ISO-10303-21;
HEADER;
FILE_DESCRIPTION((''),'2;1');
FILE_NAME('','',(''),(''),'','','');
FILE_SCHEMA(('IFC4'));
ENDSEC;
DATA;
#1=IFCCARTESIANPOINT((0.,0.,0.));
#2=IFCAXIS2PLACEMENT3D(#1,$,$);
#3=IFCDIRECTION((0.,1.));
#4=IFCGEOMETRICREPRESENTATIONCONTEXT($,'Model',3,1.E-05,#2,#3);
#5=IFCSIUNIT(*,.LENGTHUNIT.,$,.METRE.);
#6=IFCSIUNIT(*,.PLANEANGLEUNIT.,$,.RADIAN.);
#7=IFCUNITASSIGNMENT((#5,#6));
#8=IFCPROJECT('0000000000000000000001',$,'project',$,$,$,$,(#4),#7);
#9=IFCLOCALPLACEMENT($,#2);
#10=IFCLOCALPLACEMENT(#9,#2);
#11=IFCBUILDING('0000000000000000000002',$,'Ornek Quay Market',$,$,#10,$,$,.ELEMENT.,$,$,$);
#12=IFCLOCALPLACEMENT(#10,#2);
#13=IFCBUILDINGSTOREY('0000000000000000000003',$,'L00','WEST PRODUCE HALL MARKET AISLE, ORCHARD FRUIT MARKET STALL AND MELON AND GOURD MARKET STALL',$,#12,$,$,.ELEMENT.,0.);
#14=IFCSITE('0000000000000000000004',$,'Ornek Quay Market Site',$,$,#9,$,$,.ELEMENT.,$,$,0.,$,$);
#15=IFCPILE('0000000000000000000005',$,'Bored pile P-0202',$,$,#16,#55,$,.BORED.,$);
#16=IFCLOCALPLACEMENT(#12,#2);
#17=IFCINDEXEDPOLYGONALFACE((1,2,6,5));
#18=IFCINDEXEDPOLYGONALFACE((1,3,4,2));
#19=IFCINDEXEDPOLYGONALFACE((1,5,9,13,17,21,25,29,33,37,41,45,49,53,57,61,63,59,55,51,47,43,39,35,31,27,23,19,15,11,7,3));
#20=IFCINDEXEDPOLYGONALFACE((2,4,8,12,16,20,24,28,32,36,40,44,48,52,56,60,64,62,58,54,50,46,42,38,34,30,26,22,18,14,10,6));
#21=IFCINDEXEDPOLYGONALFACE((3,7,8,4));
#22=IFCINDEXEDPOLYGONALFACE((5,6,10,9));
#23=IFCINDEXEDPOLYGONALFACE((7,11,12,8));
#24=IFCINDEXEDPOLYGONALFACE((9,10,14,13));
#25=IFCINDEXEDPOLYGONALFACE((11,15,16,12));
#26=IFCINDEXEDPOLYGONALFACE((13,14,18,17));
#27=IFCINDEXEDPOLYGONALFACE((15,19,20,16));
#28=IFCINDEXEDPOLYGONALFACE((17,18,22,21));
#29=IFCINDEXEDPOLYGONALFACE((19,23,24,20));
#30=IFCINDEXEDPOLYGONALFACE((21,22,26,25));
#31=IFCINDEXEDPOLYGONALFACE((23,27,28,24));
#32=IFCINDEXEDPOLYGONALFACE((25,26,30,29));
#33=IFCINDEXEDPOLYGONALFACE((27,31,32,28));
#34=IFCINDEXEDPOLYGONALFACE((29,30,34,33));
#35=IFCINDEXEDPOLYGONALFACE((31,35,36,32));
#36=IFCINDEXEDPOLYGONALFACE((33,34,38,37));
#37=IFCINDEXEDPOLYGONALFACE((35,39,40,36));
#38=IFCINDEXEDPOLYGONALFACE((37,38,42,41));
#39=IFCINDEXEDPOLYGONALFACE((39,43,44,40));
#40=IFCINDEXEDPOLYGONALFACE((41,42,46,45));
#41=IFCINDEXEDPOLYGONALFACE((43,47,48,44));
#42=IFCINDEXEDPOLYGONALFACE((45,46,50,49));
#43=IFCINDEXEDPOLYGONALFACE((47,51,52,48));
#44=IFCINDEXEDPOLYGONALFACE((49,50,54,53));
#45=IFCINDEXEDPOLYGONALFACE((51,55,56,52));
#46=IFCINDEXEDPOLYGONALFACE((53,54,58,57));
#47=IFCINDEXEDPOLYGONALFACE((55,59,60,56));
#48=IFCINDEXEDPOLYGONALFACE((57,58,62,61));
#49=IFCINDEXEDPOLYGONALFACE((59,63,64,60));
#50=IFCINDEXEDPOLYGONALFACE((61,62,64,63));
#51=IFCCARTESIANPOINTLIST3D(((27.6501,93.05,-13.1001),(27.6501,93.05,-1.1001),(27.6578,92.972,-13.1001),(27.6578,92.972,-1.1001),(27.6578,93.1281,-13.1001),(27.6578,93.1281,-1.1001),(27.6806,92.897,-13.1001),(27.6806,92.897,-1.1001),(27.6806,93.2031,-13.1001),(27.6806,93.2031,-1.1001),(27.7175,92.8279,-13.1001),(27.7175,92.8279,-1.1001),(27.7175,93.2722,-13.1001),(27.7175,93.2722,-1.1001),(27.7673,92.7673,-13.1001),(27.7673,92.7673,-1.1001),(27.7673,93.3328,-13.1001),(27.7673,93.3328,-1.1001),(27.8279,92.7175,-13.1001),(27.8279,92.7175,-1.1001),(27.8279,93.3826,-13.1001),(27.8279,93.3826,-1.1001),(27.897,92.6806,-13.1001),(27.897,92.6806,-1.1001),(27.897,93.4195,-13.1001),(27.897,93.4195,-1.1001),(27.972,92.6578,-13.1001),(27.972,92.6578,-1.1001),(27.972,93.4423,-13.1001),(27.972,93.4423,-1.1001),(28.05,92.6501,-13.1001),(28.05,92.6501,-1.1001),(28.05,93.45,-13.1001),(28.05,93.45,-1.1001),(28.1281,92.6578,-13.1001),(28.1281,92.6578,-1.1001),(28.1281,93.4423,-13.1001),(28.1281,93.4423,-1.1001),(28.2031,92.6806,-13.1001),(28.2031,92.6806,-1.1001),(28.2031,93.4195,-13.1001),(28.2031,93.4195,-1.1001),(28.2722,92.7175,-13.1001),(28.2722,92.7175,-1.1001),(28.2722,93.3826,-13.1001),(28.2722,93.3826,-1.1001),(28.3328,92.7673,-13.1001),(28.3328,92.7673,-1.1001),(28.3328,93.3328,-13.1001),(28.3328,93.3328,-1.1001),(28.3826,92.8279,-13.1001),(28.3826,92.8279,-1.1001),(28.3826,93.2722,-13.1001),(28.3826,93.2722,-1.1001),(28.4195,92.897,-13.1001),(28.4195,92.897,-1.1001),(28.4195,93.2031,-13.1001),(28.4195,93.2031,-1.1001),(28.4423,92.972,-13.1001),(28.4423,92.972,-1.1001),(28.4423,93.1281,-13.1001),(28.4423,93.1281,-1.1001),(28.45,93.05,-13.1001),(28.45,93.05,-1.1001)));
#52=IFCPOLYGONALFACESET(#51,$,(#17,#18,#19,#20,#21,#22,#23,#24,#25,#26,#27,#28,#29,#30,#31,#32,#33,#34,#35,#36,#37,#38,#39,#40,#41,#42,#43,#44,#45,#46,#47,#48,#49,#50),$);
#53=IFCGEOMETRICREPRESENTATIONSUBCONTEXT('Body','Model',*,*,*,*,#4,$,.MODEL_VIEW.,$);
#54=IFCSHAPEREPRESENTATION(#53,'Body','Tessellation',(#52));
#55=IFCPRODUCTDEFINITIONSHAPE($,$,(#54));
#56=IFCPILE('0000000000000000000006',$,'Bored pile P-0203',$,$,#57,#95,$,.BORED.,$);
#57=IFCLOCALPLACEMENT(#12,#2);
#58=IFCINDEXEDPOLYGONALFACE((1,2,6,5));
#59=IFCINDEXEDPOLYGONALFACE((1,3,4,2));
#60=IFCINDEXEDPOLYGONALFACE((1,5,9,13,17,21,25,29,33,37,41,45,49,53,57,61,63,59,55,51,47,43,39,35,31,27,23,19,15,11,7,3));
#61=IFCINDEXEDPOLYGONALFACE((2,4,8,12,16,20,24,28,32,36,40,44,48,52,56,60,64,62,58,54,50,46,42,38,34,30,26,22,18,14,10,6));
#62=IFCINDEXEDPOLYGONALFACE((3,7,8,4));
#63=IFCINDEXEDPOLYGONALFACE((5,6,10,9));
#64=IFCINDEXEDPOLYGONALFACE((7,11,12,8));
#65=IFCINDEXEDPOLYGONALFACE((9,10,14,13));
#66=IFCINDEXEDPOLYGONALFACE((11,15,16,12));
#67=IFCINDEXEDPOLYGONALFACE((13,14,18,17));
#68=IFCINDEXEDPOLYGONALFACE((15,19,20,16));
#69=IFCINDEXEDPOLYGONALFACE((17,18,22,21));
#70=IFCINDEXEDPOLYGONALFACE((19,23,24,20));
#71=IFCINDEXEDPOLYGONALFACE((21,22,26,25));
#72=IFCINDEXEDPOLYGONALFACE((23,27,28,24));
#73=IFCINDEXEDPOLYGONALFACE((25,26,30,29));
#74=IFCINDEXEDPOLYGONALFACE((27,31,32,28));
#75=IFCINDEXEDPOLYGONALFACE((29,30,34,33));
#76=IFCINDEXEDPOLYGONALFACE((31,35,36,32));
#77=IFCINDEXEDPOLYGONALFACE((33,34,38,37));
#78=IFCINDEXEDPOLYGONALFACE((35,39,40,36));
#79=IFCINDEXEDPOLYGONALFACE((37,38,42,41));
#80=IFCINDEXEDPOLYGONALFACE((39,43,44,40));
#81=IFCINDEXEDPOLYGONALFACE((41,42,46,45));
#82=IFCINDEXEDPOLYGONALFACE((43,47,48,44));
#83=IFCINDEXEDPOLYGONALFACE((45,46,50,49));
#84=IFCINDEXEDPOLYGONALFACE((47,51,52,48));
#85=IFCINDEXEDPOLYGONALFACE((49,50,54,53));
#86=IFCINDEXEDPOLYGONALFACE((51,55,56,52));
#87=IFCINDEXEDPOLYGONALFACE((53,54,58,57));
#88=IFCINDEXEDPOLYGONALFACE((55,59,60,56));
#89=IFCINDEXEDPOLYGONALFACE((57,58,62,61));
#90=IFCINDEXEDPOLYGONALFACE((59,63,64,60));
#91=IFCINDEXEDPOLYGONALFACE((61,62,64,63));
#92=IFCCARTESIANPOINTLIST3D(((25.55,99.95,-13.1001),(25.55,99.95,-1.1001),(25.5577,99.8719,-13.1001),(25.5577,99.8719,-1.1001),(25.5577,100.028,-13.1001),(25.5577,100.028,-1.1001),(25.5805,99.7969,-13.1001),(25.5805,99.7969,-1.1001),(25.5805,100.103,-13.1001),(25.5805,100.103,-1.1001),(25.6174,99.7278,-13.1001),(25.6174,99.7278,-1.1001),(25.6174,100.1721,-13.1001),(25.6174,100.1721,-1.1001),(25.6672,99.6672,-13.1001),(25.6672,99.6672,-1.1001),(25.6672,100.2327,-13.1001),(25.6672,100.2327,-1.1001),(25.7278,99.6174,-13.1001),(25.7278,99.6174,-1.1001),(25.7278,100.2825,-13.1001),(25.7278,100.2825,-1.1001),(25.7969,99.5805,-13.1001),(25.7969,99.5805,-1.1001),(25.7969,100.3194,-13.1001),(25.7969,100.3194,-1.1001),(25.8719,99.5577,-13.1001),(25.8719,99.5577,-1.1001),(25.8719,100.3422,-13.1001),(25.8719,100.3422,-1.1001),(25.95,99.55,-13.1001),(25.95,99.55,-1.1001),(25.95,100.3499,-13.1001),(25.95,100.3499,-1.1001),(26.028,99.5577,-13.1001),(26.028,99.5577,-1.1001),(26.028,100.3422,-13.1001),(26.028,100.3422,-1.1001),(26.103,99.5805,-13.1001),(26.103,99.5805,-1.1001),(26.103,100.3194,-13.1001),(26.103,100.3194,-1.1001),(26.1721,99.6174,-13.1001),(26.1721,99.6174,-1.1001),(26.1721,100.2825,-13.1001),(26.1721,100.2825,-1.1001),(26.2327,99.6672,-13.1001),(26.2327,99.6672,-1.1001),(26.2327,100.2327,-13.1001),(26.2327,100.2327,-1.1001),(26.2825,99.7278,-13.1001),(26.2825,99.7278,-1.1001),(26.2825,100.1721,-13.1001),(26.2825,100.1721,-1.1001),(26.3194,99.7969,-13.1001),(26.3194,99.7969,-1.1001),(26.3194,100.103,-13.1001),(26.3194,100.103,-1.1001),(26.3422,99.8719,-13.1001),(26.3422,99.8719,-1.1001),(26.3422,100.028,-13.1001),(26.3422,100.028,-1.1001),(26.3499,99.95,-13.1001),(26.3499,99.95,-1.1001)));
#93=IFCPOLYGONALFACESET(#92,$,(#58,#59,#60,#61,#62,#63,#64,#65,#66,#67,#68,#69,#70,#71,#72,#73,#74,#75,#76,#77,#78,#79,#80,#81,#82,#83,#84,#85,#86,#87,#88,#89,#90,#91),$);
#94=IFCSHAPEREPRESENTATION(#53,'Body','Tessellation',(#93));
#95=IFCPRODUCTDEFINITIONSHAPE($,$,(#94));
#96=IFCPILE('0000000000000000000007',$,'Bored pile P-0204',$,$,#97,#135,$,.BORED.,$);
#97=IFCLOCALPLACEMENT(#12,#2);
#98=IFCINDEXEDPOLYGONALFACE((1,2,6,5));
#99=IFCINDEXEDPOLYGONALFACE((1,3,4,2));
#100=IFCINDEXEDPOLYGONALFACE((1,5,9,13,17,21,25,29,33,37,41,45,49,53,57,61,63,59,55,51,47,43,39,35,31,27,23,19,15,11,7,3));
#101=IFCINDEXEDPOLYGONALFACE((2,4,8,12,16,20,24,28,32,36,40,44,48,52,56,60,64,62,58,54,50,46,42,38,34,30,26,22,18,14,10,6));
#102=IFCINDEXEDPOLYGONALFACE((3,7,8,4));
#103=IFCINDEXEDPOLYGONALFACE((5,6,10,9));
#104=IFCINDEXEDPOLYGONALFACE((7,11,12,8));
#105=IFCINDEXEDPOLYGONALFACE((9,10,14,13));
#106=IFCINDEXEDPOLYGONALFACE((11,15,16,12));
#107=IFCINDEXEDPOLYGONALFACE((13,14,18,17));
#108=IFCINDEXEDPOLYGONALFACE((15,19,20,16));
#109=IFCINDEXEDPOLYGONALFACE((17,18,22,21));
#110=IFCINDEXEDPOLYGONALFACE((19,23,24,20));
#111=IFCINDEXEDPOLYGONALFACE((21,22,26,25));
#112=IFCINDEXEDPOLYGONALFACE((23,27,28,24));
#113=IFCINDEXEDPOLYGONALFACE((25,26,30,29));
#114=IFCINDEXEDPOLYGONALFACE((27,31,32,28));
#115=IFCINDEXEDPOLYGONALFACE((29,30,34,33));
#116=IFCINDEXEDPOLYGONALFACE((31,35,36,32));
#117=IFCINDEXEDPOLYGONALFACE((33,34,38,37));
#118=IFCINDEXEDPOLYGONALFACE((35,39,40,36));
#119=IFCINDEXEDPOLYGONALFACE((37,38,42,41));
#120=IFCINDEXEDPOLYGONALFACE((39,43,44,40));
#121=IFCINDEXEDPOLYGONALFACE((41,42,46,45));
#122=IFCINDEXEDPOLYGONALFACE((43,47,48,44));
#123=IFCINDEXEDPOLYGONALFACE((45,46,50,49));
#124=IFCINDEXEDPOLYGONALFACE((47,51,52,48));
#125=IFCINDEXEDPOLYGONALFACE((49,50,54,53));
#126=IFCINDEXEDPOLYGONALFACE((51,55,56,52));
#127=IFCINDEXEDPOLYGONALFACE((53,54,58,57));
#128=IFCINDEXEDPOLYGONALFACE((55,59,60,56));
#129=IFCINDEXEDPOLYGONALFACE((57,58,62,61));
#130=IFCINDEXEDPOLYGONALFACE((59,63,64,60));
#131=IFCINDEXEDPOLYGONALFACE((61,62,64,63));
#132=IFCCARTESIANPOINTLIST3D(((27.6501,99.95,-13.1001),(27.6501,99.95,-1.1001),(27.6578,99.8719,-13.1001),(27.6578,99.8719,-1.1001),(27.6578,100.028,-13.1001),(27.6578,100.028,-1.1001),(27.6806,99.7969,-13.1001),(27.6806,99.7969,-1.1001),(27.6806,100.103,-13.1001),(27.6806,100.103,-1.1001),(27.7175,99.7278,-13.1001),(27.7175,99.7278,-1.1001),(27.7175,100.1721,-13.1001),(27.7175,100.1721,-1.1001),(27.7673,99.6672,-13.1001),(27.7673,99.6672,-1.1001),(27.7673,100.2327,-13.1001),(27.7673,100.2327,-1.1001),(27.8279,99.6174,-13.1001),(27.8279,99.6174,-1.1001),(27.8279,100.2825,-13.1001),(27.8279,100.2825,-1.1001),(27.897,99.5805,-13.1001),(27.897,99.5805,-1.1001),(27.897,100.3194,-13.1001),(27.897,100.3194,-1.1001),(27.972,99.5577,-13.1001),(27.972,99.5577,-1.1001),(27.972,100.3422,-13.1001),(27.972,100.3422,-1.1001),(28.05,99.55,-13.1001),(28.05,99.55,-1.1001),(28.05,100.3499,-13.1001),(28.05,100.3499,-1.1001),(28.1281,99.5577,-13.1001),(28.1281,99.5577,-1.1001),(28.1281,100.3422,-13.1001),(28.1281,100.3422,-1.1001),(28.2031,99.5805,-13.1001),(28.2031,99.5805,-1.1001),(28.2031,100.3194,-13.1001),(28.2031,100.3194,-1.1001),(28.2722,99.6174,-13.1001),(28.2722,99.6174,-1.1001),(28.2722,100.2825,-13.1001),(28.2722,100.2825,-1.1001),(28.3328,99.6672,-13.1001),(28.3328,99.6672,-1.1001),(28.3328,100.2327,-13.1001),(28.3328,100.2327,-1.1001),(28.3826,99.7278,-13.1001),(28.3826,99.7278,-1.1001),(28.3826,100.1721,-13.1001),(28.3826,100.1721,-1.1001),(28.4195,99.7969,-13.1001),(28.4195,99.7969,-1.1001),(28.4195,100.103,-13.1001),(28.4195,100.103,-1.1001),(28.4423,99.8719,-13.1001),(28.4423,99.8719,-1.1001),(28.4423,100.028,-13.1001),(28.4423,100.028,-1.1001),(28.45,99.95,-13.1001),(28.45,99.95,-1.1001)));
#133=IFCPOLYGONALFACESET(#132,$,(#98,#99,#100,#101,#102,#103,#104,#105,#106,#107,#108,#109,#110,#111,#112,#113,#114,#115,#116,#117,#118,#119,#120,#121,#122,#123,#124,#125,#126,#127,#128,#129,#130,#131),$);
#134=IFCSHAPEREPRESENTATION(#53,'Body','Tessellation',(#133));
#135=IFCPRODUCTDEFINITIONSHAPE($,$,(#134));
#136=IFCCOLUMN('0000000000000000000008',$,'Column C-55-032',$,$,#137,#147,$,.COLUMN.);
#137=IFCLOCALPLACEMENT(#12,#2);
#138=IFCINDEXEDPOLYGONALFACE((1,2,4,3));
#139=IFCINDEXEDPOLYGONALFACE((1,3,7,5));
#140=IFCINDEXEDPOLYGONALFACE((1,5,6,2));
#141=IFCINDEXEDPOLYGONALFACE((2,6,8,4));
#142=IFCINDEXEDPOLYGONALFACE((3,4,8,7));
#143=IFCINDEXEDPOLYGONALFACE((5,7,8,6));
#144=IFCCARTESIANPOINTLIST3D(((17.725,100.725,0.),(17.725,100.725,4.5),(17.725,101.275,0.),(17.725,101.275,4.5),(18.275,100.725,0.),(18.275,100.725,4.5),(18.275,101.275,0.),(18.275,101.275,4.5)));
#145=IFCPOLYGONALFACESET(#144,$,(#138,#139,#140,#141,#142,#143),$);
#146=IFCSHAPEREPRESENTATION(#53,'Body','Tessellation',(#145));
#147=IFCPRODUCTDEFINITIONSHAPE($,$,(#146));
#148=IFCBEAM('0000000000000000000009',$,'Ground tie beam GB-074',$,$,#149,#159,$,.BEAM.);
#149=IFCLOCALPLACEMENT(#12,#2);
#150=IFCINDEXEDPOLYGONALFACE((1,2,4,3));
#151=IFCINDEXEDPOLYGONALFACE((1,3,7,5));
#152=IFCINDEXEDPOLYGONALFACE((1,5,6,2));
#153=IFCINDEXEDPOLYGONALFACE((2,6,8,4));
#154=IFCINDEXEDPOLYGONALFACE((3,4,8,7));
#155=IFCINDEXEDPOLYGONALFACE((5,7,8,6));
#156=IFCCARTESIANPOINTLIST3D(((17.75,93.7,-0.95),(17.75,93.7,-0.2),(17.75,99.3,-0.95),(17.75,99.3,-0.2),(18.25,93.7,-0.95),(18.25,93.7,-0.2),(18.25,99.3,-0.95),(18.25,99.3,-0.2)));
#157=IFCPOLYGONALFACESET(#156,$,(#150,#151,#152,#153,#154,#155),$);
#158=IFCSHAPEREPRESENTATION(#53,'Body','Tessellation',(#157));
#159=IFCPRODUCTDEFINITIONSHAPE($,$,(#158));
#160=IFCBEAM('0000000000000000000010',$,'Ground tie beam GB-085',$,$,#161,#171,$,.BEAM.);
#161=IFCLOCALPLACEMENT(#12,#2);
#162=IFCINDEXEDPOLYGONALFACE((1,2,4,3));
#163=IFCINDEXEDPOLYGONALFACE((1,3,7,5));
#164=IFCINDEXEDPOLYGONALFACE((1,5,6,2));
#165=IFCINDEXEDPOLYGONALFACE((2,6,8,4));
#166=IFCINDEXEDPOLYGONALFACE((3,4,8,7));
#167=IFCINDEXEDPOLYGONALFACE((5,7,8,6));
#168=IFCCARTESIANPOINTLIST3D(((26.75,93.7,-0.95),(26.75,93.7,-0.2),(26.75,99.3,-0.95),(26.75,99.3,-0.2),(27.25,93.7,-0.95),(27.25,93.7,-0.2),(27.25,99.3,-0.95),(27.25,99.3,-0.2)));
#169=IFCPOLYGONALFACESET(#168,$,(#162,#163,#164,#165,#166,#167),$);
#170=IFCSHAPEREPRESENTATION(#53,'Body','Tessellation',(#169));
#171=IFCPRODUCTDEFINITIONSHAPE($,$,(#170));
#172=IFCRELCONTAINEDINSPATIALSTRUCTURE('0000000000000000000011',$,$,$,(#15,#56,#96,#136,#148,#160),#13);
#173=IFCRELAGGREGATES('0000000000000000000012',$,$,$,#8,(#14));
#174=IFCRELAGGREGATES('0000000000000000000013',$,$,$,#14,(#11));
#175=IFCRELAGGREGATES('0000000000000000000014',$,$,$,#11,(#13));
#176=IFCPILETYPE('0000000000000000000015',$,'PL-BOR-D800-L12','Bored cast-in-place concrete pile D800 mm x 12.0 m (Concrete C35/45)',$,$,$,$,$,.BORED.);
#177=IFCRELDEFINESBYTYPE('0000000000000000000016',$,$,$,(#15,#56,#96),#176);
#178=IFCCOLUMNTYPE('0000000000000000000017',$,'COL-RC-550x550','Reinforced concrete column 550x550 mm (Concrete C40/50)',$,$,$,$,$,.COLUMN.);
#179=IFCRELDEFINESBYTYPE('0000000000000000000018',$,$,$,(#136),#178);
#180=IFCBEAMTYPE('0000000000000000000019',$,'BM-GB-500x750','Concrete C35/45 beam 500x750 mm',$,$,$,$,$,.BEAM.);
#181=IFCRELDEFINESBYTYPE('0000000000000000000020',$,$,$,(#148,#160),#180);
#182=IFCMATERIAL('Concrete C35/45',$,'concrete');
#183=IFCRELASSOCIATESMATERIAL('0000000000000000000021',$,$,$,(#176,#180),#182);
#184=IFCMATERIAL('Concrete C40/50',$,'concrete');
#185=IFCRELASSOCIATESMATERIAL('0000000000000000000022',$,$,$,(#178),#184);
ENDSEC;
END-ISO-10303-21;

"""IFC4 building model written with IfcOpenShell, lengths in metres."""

from ifc_helpers import new_model, si_unit, direction, frame, origin, origin_2d, place, context, subcontext, project, spatial, rectangle, circle, extrude, material, material_profile, profile_set, type_object, element, save


model = new_model("IFC4")

# Units and contexts
model_context = context("Model", 3, precision=1e-05, world=origin(), true_north=direction((0.0, 1.0)))
body_context = subcontext(model_context, "Body", "Model", "MODEL_VIEW")
ifc_project = project(units=[si_unit("LENGTHUNIT", "METRE"), si_unit("PLANEANGLEUNIT", "RADIAN")], contexts=[model_context])

# Site, building, storey
site_placement = place(None, origin())
site = spatial("IfcSite", under=ifc_project, at=site_placement, Name="Ornek Quay Market Site", CompositionType="ELEMENT", RefElevation=0.0)
building_placement = place(site_placement, origin())
building = spatial("IfcBuilding", under=site, at=building_placement, Name="Ornek Quay Market", CompositionType="ELEMENT")
storey_placement = place(building_placement, origin())
storey = spatial("IfcBuildingStorey", under=building, at=storey_placement, Name="L00", Description="WEST PRODUCE HALL MARKET AISLE, ORCHARD FRUIT MARKET STALL AND MELON AND GOURD MARKET STALL", CompositionType="ELEMENT", Elevation=0.0)

# Piles
ifc_material_1 = material(Name="Concrete C35/45", Category="concrete")
ifc_material_profile_1 = material_profile(ifc_material_1, circle(Radius=0.3999, at=origin_2d()), Name="PILE D800", Category="concrete")
ifc_profile_set_1 = profile_set([ifc_material_profile_1], Name="Concrete C35/45")
pile_type = type_object("IfcPileType", Name="PL-BOR-D800-L12", Description="Bored cast-in-place concrete pile D800 mm x 12.0 m (Concrete C35/45)", PredefinedType="BORED", material=ifc_profile_set_1)
for number, where, z_axis, x_axis, name in (
    (1, (28.05, 93.05, -1.1001), (0.0, 0.0, -1.0), (1.0, 0.0, 0.0), "Bored pile P-0202"),
    (2, (25.95, 99.95, -1.1001), (0.0, 0.0, -1.0), (1.0, 0.0, 0.0), "Bored pile P-0203"),
    (3, (28.05, 99.95, -1.1001), (0.0, 0.0, -1.0), (1.0, 0.0, 0.0), "Bored pile P-0204"),
):
    element("IfcPile", number, at=place(storey_placement, frame(where, z_axis=z_axis, x_axis=x_axis)), inside=storey, type_object=pile_type, Name=name, PredefinedType="BORED", context=body_context, shape_type="SweptSolid", body=[
        extrude(circle(Radius=0.3999, at=origin_2d()), origin(), (0.0, 0.0, 1.0), 12.0),
    ])

# Column
ifc_material_2 = material(Name="Concrete C40/50", Category="concrete")
ifc_material_profile_2 = material_profile(ifc_material_2, rectangle(XDim=0.55, YDim=0.55, at=origin_2d()), Name="RC 550x550", Category="concrete")
ifc_profile_set_2 = profile_set([ifc_material_profile_2], Name="Concrete C40/50")
column_type = type_object("IfcColumnType", Name="COL-RC-550x550", Description="Reinforced concrete column 550x550 mm (Concrete C40/50)", PredefinedType="COLUMN", material=ifc_profile_set_2)
column_placement = place(storey_placement, frame((18.0, 101.0, 0.0), z_axis=(0.0, 0.0, 1.0), x_axis=(1.0, 0.0, 0.0)))
element("IfcColumn", 4, at=column_placement, inside=storey, type_object=column_type, Name="Column C-55-032", PredefinedType="COLUMN", context=body_context, shape_type="SweptSolid", body=[
    extrude(rectangle(XDim=0.55, YDim=0.55, at=origin_2d()), origin(), (0.0, 0.0, 1.0), 4.5),
])

# Beams
ifc_material_profile_3 = material_profile(ifc_material_1, rectangle(XDim=0.5, YDim=0.75, at=origin_2d()), Name="RC 500x750", Category="concrete")
ifc_profile_set_3 = profile_set([ifc_material_profile_3], Name="Concrete C35/45")
beam_type_1 = type_object("IfcBeamType", Name="BM-GB-500x750", Description="Concrete C35/45 beam 500x750 mm", PredefinedType="BEAM", material=ifc_profile_set_3)
for number, where, z_axis, x_axis, name in (
    (5, (18.0, 93.7, -0.575), (0.0, 1.0, 0.0), (-1.0, 0.0, 0.0), "Ground tie beam GB-074"),
    (6, (27.0, 93.7, -0.575), (0.0, 1.0, 0.0), (-1.0, 0.0, 0.0), "Ground tie beam GB-085"),
):
    element("IfcBeam", number, at=place(storey_placement, frame(where, z_axis=z_axis, x_axis=x_axis)), inside=storey, type_object=beam_type_1, Name=name, PredefinedType="BEAM", context=body_context, shape_type="SweptSolid", body=[
        extrude(rectangle(XDim=0.5, YDim=0.75, at=origin_2d()), origin(), (0.0, 0.0, 1.0), 5.6001),
    ])

save(model, "model.ifc")
